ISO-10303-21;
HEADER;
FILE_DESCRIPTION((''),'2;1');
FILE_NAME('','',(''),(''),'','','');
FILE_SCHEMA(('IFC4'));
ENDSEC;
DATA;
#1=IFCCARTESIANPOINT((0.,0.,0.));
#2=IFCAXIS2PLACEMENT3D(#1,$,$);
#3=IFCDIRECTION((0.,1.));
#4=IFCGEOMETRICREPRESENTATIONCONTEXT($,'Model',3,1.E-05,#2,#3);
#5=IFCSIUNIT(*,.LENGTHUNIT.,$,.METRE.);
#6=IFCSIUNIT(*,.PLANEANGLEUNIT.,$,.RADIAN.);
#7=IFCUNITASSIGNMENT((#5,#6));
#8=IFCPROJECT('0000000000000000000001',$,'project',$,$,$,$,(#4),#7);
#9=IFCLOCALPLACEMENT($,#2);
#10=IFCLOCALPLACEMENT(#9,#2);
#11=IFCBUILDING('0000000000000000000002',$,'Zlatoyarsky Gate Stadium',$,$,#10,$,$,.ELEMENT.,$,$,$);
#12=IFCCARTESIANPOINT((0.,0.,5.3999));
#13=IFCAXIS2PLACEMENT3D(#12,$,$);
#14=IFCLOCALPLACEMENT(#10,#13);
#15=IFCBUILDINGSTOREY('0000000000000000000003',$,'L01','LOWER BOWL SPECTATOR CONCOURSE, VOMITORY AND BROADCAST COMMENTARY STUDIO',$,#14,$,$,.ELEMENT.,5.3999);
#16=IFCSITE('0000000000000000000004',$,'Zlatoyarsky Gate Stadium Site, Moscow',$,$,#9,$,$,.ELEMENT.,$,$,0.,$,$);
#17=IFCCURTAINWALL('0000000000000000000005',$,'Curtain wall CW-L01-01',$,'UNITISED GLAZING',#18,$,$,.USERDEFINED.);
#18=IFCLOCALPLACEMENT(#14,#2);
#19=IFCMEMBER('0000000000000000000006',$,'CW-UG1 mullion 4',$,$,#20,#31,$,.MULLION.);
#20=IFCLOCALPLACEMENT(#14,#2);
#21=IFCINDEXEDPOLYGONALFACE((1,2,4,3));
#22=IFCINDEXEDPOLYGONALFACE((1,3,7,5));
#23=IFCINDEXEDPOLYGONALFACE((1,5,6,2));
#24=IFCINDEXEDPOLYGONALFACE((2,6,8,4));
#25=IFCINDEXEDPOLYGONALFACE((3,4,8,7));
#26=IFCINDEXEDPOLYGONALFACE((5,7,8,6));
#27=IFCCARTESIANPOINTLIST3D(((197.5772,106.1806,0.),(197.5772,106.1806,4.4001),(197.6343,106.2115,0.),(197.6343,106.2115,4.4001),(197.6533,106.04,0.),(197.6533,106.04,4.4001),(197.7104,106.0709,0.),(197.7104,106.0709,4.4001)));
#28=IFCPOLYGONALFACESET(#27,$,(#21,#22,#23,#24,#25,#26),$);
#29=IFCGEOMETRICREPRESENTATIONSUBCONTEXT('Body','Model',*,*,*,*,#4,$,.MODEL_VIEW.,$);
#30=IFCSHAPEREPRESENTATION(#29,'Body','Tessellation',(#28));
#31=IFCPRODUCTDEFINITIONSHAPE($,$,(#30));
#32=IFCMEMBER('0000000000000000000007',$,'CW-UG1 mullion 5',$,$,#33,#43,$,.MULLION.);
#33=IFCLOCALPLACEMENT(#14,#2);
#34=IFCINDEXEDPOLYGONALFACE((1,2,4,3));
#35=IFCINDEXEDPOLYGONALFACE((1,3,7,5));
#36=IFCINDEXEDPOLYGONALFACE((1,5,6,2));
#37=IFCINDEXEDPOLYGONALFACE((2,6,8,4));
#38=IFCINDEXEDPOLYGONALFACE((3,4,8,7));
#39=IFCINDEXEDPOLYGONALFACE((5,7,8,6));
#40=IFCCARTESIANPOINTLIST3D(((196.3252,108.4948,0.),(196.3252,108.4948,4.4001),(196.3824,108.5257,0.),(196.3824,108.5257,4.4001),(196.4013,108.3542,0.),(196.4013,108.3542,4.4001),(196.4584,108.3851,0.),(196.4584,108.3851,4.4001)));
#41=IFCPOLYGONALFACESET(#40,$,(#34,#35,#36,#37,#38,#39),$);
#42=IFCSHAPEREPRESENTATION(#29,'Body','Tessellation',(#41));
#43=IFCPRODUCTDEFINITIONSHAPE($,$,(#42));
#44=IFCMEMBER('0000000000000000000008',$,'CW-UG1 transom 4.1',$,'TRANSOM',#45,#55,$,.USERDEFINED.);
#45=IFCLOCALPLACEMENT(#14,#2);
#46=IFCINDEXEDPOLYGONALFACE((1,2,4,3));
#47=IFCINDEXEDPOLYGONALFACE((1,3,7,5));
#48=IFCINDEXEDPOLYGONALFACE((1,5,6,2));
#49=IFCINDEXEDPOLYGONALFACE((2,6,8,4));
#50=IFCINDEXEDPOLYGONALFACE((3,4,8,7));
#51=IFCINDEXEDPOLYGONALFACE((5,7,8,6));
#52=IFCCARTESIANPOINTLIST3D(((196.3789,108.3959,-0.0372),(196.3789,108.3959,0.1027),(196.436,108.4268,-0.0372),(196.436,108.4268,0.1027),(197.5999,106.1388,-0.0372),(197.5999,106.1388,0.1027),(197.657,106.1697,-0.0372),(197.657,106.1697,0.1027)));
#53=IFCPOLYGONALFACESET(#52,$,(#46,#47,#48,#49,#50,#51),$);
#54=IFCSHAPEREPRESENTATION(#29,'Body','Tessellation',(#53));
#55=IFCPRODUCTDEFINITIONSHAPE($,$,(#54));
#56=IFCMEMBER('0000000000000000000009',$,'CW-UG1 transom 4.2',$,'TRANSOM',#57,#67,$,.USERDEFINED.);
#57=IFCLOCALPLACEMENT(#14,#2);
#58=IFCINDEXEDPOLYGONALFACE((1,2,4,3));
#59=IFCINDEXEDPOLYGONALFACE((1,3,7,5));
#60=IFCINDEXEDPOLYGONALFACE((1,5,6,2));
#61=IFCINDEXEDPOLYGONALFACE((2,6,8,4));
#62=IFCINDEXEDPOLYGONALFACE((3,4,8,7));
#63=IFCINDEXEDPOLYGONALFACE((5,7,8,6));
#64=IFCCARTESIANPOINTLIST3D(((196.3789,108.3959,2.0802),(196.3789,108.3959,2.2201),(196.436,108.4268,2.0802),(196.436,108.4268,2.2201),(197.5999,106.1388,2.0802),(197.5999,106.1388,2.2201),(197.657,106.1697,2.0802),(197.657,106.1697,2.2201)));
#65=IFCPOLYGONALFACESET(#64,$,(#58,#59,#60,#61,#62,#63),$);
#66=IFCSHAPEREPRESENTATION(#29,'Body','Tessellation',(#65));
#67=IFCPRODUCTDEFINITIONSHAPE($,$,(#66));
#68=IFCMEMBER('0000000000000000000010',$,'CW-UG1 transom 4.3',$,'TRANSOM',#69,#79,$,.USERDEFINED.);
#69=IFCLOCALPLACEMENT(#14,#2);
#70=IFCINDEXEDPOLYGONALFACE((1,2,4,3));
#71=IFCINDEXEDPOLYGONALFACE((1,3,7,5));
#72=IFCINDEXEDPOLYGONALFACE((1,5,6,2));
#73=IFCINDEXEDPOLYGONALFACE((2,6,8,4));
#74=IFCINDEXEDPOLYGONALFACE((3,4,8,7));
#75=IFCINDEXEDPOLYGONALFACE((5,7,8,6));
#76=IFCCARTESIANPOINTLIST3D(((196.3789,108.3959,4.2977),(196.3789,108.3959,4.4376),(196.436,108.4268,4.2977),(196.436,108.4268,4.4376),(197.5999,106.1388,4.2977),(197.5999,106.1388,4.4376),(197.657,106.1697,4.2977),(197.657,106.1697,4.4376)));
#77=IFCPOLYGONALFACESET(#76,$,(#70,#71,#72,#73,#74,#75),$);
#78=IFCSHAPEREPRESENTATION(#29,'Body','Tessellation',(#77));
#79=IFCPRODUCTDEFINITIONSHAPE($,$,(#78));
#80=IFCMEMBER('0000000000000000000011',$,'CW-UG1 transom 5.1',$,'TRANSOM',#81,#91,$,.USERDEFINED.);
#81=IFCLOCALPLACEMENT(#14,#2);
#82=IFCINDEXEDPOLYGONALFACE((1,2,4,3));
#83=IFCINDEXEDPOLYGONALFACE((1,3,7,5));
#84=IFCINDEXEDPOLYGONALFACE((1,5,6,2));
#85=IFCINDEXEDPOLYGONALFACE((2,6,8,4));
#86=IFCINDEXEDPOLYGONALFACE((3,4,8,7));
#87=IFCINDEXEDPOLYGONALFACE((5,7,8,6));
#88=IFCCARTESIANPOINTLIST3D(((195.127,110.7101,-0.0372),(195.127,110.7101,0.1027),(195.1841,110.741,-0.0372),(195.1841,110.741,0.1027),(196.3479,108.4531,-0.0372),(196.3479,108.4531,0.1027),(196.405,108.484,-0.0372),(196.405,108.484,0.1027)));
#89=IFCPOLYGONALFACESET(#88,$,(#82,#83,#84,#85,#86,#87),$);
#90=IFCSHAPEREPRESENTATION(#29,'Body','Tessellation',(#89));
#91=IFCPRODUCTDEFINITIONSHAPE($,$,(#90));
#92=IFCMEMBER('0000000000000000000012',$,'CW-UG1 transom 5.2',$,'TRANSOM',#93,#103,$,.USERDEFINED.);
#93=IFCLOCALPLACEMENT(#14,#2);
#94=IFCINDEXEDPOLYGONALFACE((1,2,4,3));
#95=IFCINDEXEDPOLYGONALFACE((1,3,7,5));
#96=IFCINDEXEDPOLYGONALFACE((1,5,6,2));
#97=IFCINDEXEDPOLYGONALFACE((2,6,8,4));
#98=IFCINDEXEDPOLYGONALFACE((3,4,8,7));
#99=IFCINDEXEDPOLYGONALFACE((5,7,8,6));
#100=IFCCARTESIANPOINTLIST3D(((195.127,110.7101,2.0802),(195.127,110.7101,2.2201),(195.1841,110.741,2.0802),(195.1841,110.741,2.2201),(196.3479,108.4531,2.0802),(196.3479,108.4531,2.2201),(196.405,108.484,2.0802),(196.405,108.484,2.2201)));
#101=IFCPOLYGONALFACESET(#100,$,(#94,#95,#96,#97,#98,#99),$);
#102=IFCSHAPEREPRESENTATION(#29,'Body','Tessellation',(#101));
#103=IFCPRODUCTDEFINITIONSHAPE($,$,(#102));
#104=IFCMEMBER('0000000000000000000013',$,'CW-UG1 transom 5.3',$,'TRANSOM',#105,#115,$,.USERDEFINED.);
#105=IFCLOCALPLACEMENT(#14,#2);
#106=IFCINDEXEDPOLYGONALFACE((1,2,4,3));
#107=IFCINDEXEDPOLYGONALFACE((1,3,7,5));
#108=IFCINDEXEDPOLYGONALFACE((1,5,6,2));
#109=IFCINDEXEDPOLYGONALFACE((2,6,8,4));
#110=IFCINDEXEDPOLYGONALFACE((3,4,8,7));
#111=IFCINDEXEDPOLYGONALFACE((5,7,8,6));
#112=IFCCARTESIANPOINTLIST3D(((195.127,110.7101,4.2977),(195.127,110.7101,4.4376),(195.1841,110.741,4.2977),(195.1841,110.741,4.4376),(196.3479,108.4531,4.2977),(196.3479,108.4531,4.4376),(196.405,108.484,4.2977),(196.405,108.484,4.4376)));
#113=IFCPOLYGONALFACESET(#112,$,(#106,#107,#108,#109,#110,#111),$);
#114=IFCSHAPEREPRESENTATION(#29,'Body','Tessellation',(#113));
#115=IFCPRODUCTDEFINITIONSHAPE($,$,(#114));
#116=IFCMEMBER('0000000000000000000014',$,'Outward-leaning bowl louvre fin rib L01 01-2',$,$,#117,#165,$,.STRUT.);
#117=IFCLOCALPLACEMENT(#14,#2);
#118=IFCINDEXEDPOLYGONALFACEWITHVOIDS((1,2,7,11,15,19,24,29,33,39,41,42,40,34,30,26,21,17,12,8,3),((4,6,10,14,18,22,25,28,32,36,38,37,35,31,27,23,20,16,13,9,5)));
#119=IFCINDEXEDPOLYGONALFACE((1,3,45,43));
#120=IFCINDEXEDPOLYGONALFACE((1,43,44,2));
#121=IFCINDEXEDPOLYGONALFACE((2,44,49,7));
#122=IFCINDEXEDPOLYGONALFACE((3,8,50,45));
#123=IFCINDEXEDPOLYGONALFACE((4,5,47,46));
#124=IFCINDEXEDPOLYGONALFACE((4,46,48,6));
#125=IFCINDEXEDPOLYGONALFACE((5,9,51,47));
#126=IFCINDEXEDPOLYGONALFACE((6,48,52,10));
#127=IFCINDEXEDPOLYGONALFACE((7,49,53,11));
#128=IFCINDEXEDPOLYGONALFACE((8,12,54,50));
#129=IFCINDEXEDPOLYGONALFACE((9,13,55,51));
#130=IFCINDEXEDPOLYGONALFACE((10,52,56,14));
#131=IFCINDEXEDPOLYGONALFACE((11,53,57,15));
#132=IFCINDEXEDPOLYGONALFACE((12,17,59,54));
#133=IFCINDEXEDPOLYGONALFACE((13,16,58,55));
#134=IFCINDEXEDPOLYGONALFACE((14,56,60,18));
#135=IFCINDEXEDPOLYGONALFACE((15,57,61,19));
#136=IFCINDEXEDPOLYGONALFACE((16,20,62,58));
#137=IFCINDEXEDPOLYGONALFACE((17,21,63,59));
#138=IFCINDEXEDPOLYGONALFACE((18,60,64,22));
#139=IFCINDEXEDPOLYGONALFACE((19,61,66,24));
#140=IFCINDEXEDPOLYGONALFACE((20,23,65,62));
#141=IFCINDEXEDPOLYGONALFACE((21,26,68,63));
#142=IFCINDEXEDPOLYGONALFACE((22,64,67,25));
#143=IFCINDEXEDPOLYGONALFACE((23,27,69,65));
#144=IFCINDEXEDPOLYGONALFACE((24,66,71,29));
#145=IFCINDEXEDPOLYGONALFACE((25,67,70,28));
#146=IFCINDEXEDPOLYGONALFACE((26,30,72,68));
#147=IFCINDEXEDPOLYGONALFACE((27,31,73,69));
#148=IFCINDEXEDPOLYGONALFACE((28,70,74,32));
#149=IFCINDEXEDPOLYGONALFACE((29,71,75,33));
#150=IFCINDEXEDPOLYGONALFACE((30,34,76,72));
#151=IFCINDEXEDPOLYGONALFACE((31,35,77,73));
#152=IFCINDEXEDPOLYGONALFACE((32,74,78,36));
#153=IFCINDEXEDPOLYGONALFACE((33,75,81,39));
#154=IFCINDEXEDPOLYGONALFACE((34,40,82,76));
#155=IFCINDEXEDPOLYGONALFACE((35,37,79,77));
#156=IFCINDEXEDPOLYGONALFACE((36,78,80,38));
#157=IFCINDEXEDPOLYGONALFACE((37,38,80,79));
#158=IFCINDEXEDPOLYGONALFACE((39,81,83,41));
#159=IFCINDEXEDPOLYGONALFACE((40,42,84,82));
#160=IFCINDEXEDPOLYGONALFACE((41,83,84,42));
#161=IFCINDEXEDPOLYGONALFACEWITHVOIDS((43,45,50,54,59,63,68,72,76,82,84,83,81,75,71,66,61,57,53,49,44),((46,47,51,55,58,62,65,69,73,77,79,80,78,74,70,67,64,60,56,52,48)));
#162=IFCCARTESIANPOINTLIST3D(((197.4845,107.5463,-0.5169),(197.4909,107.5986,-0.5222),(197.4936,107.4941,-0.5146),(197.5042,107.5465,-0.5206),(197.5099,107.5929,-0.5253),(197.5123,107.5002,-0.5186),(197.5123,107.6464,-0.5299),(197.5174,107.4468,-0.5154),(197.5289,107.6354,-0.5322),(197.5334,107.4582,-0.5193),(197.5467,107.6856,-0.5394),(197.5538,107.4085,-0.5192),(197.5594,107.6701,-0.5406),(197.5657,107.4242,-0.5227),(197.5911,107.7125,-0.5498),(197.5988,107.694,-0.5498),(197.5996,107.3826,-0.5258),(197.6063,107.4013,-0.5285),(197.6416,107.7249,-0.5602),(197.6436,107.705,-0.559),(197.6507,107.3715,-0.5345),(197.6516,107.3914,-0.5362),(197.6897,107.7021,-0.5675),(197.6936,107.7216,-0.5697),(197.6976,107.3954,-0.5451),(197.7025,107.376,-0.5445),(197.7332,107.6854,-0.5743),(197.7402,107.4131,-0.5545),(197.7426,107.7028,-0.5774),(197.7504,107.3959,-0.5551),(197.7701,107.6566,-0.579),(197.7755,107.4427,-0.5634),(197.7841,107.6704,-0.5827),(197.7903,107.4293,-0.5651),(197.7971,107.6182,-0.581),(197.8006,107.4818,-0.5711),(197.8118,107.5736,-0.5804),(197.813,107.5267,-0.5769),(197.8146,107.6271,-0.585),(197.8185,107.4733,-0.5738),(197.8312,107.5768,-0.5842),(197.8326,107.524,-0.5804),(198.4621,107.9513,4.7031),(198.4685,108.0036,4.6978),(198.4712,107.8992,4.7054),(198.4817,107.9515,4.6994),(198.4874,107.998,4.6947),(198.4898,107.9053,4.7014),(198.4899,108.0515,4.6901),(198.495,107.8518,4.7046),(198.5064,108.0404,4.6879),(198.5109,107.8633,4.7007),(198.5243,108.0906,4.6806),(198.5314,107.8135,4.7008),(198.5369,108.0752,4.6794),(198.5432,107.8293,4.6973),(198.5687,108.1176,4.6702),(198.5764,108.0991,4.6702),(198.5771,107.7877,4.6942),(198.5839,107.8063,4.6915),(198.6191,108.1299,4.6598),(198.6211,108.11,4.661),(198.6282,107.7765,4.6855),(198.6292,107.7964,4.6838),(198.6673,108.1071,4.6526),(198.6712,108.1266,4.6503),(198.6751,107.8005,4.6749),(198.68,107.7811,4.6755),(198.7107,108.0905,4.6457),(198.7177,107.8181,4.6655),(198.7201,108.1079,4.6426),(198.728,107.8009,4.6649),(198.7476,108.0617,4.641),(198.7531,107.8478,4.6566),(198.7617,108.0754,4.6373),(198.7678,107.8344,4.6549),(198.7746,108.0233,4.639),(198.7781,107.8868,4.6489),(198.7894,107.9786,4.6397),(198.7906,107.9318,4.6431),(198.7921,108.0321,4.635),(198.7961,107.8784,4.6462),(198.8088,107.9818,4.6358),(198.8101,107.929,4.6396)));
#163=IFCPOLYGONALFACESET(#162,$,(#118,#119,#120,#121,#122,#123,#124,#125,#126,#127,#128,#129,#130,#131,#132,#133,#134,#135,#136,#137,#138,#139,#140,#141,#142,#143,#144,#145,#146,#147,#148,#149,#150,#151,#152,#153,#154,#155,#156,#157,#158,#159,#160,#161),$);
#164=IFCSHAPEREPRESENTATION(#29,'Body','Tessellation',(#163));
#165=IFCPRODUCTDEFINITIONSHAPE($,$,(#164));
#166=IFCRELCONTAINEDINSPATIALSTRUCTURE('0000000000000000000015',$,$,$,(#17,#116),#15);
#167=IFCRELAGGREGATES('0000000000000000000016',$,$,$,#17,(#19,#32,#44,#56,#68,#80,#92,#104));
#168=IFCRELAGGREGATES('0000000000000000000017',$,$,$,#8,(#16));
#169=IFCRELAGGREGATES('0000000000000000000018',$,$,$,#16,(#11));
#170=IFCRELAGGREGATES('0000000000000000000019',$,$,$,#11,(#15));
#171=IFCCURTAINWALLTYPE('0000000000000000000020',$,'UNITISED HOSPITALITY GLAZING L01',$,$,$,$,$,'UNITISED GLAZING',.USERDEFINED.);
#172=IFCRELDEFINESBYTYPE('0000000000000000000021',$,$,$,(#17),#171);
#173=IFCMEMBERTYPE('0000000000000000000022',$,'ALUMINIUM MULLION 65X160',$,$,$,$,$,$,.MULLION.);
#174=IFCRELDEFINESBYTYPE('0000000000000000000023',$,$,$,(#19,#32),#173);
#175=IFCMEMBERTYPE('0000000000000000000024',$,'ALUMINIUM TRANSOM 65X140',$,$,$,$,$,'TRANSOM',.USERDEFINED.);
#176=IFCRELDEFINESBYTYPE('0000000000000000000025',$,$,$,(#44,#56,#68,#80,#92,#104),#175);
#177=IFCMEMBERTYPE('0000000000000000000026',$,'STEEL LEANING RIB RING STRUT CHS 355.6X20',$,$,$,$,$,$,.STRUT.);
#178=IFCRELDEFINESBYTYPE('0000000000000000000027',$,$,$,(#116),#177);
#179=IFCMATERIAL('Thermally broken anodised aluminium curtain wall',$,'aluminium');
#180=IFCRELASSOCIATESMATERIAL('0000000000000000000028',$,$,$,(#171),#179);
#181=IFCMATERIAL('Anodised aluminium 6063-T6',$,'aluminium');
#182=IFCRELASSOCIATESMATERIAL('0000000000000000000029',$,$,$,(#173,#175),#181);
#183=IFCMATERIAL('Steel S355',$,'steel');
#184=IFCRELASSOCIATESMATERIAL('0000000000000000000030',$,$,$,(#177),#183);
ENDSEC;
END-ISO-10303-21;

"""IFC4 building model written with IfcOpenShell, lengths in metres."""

from ifc_helpers import new_model, si_unit, direction, frame, origin, origin_2d, place, context, subcontext, project, spatial, rectangle, hollow_circle, extrude, material, material_profile, profile_set, type_object, element, aggregate, save


model = new_model("IFC4")

# Units and contexts
model_context = context("Model", 3, precision=1e-05, world=origin(), true_north=direction((0.0, 1.0)))
body_context = subcontext(model_context, "Body", "Model", "MODEL_VIEW")
ifc_project = project(units=[si_unit("LENGTHUNIT", "METRE"), si_unit("PLANEANGLEUNIT", "RADIAN")], contexts=[model_context])

# Site, building, storey
site_placement = place(None, origin())
site = spatial("IfcSite", under=ifc_project, at=site_placement, Name="Zlatoyarsky Gate Stadium Site, Moscow", CompositionType="ELEMENT", RefElevation=0.0)
building_placement = place(site_placement, origin())
building = spatial("IfcBuilding", under=site, at=building_placement, Name="Zlatoyarsky Gate Stadium", CompositionType="ELEMENT")
storey_placement = place(building_placement, frame((0.0, 0.0, 5.3999)))
storey = spatial("IfcBuildingStorey", under=building, at=storey_placement, Name="L01", Description="LOWER BOWL SPECTATOR CONCOURSE, VOMITORY AND BROADCAST COMMENTARY STUDIO", CompositionType="ELEMENT", Elevation=5.3999)

# Curtain wall, members
ifc_material_1 = material(Name="Thermally broken anodised aluminium curtain wall", Category="aluminium")
curtain_wall_type = type_object("IfcCurtainWallType", Name="UNITISED HOSPITALITY GLAZING L01", ElementType="UNITISED GLAZING", PredefinedType="USERDEFINED", material=ifc_material_1)
curtain_wall_placement = place(storey_placement, origin())
curtain_wall = element("IfcCurtainWall", 1, at=curtain_wall_placement, inside=storey, type_object=curtain_wall_type, Name="Curtain wall CW-L01-01", ObjectType="UNITISED GLAZING", PredefinedType="USERDEFINED")
ifc_material_2 = material(Name="Anodised aluminium 6063-T6", Category="aluminium")
ifc_material_profile_1 = material_profile(ifc_material_2, rectangle(XDim=0.0649, YDim=0.1599, at=origin_2d()), Name="ALU 65X160")
ifc_profile_set_1 = profile_set([ifc_material_profile_1], Name="Anodised aluminium 6063-T6")
member_type_1 = type_object("IfcMemberType", Name="ALUMINIUM MULLION 65X160", PredefinedType="MULLION", material=ifc_profile_set_1)
member_1_placement = place(storey_placement, frame((197.6438, 106.1257, 0.0), z_axis=(0.0, 0.0, 1.0), x_axis=(-0.879562, -0.475784, 0.0)))
member_1 = element("IfcMember", 2, at=member_1_placement, type_object=member_type_1, Name="CW-UG1 mullion 4", PredefinedType="MULLION", context=body_context, shape_type="SweptSolid", body=[
    extrude(rectangle(XDim=0.0649, YDim=0.1599, at=origin_2d()), origin(), (0.0, 0.0, 1.0), 4.4001),
])
member_2_placement = place(storey_placement, frame((196.3918, 108.4399, 0.0), z_axis=(0.0, 0.0, 1.0), x_axis=(-0.879562, -0.475784, 0.0)))
member_2 = element("IfcMember", 3, at=member_2_placement, type_object=member_type_1, Name="CW-UG1 mullion 5", PredefinedType="MULLION", context=body_context, shape_type="SweptSolid", body=[
    extrude(rectangle(XDim=0.0649, YDim=0.1599, at=origin_2d()), origin(), (0.0, 0.0, 1.0), 4.4001),
])
ifc_material_profile_2 = material_profile(ifc_material_2, rectangle(XDim=0.0649, YDim=0.1399, at=origin_2d()), Name="ALU 65X140")
ifc_profile_set_2 = profile_set([ifc_material_profile_2], Name="Anodised aluminium 6063-T6")
member_type_2 = type_object("IfcMemberType", Name="ALUMINIUM TRANSOM 65X140", ElementType="TRANSOM", PredefinedType="USERDEFINED", material=ifc_profile_set_2)
member_3_placement = place(storey_placement, frame((197.6284, 106.1543, 0.0327), z_axis=(-0.47579, 0.879559, 0.0), x_axis=(-0.879559, -0.47579, 0.0)))
member_3 = element("IfcMember", 4, at=member_3_placement, type_object=member_type_2, Name="CW-UG1 transom 4.1", ObjectType="TRANSOM", PredefinedType="USERDEFINED", context=body_context, shape_type="SweptSolid", body=[
    extrude(rectangle(XDim=0.0649, YDim=0.1399, at=origin_2d()), origin(), (0.0, 0.0, 1.0), 2.5662),
])
member_4_placement = place(storey_placement, frame((197.6284, 106.1543, 2.1501), z_axis=(-0.47579, 0.879559, 0.0), x_axis=(-0.879559, -0.47579, 0.0)))
member_4 = element("IfcMember", 5, at=member_4_placement, type_object=member_type_2, Name="CW-UG1 transom 4.2", ObjectType="TRANSOM", PredefinedType="USERDEFINED", context=body_context, shape_type="SweptSolid", body=[
    extrude(rectangle(XDim=0.0649, YDim=0.1399, at=origin_2d()), origin(), (0.0, 0.0, 1.0), 2.5662),
])
member_5_placement = place(storey_placement, frame((197.6284, 106.1543, 4.3677), z_axis=(-0.47579, 0.879559, 0.0), x_axis=(-0.879559, -0.47579, 0.0)))
member_5 = element("IfcMember", 6, at=member_5_placement, type_object=member_type_2, Name="CW-UG1 transom 4.3", ObjectType="TRANSOM", PredefinedType="USERDEFINED", context=body_context, shape_type="SweptSolid", body=[
    extrude(rectangle(XDim=0.0649, YDim=0.1399, at=origin_2d()), origin(), (0.0, 0.0, 1.0), 2.5662),
])
member_6_placement = place(storey_placement, frame((196.3765, 108.4685, 0.0327), z_axis=(-0.47579, 0.879559, 0.0), x_axis=(-0.879559, -0.47579, 0.0)))
member_6 = element("IfcMember", 7, at=member_6_placement, type_object=member_type_2, Name="CW-UG1 transom 5.1", ObjectType="TRANSOM", PredefinedType="USERDEFINED", context=body_context, shape_type="SweptSolid", body=[
    extrude(rectangle(XDim=0.0649, YDim=0.1399, at=origin_2d()), origin(), (0.0, 0.0, 1.0), 2.5662),
])
member_7_placement = place(storey_placement, frame((196.3765, 108.4685, 2.1501), z_axis=(-0.47579, 0.879559, 0.0), x_axis=(-0.879559, -0.47579, 0.0)))
member_7 = element("IfcMember", 8, at=member_7_placement, type_object=member_type_2, Name="CW-UG1 transom 5.2", ObjectType="TRANSOM", PredefinedType="USERDEFINED", context=body_context, shape_type="SweptSolid", body=[
    extrude(rectangle(XDim=0.0649, YDim=0.1399, at=origin_2d()), origin(), (0.0, 0.0, 1.0), 2.5662),
])
member_8_placement = place(storey_placement, frame((196.3765, 108.4685, 4.3677), z_axis=(-0.47579, 0.879559, 0.0), x_axis=(-0.879559, -0.47579, 0.0)))
member_8 = element("IfcMember", 9, at=member_8_placement, type_object=member_type_2, Name="CW-UG1 transom 5.3", ObjectType="TRANSOM", PredefinedType="USERDEFINED", context=body_context, shape_type="SweptSolid", body=[
    extrude(rectangle(XDim=0.0649, YDim=0.1399, at=origin_2d()), origin(), (0.0, 0.0, 1.0), 2.5662),
])

# Member
ifc_material_3 = material(Name="Steel S355", Category="steel")
ifc_material_profile_3 = material_profile(ifc_material_3, hollow_circle(Radius=0.1777, WallThickness=0.02, at=origin_2d()), Name="CHS 355.6X20")
ifc_profile_set_3 = profile_set([ifc_material_profile_3], Name="Steel S355")
member_type_3 = type_object("IfcMemberType", Name="STEEL LEANING RIB RING STRUT CHS 355.6X20", PredefinedType="STRUT", material=ifc_profile_set_3)
member_9_placement = place(storey_placement, frame((197.6592, 107.5483, -0.5498), z_axis=(0.183536, 0.076046, 0.980067), x_axis=(-0.38278, 0.92384, 0.0)))
element("IfcMember", 10, at=member_9_placement, inside=storey, type_object=member_type_3, Name="Outward-leaning bowl louvre fin rib L01 01-2", PredefinedType="STRUT", context=body_context, shape_type="SweptSolid", body=[
    extrude(hollow_circle(Radius=0.1777, WallThickness=0.02, at=origin_2d()), origin(), (0.0, 0.0, 1.0), 5.3262),
])

aggregate(curtain_wall, [member_1, member_2, member_3, member_4, member_5, member_6, member_7, member_8])

save(model, "model.ifc")
